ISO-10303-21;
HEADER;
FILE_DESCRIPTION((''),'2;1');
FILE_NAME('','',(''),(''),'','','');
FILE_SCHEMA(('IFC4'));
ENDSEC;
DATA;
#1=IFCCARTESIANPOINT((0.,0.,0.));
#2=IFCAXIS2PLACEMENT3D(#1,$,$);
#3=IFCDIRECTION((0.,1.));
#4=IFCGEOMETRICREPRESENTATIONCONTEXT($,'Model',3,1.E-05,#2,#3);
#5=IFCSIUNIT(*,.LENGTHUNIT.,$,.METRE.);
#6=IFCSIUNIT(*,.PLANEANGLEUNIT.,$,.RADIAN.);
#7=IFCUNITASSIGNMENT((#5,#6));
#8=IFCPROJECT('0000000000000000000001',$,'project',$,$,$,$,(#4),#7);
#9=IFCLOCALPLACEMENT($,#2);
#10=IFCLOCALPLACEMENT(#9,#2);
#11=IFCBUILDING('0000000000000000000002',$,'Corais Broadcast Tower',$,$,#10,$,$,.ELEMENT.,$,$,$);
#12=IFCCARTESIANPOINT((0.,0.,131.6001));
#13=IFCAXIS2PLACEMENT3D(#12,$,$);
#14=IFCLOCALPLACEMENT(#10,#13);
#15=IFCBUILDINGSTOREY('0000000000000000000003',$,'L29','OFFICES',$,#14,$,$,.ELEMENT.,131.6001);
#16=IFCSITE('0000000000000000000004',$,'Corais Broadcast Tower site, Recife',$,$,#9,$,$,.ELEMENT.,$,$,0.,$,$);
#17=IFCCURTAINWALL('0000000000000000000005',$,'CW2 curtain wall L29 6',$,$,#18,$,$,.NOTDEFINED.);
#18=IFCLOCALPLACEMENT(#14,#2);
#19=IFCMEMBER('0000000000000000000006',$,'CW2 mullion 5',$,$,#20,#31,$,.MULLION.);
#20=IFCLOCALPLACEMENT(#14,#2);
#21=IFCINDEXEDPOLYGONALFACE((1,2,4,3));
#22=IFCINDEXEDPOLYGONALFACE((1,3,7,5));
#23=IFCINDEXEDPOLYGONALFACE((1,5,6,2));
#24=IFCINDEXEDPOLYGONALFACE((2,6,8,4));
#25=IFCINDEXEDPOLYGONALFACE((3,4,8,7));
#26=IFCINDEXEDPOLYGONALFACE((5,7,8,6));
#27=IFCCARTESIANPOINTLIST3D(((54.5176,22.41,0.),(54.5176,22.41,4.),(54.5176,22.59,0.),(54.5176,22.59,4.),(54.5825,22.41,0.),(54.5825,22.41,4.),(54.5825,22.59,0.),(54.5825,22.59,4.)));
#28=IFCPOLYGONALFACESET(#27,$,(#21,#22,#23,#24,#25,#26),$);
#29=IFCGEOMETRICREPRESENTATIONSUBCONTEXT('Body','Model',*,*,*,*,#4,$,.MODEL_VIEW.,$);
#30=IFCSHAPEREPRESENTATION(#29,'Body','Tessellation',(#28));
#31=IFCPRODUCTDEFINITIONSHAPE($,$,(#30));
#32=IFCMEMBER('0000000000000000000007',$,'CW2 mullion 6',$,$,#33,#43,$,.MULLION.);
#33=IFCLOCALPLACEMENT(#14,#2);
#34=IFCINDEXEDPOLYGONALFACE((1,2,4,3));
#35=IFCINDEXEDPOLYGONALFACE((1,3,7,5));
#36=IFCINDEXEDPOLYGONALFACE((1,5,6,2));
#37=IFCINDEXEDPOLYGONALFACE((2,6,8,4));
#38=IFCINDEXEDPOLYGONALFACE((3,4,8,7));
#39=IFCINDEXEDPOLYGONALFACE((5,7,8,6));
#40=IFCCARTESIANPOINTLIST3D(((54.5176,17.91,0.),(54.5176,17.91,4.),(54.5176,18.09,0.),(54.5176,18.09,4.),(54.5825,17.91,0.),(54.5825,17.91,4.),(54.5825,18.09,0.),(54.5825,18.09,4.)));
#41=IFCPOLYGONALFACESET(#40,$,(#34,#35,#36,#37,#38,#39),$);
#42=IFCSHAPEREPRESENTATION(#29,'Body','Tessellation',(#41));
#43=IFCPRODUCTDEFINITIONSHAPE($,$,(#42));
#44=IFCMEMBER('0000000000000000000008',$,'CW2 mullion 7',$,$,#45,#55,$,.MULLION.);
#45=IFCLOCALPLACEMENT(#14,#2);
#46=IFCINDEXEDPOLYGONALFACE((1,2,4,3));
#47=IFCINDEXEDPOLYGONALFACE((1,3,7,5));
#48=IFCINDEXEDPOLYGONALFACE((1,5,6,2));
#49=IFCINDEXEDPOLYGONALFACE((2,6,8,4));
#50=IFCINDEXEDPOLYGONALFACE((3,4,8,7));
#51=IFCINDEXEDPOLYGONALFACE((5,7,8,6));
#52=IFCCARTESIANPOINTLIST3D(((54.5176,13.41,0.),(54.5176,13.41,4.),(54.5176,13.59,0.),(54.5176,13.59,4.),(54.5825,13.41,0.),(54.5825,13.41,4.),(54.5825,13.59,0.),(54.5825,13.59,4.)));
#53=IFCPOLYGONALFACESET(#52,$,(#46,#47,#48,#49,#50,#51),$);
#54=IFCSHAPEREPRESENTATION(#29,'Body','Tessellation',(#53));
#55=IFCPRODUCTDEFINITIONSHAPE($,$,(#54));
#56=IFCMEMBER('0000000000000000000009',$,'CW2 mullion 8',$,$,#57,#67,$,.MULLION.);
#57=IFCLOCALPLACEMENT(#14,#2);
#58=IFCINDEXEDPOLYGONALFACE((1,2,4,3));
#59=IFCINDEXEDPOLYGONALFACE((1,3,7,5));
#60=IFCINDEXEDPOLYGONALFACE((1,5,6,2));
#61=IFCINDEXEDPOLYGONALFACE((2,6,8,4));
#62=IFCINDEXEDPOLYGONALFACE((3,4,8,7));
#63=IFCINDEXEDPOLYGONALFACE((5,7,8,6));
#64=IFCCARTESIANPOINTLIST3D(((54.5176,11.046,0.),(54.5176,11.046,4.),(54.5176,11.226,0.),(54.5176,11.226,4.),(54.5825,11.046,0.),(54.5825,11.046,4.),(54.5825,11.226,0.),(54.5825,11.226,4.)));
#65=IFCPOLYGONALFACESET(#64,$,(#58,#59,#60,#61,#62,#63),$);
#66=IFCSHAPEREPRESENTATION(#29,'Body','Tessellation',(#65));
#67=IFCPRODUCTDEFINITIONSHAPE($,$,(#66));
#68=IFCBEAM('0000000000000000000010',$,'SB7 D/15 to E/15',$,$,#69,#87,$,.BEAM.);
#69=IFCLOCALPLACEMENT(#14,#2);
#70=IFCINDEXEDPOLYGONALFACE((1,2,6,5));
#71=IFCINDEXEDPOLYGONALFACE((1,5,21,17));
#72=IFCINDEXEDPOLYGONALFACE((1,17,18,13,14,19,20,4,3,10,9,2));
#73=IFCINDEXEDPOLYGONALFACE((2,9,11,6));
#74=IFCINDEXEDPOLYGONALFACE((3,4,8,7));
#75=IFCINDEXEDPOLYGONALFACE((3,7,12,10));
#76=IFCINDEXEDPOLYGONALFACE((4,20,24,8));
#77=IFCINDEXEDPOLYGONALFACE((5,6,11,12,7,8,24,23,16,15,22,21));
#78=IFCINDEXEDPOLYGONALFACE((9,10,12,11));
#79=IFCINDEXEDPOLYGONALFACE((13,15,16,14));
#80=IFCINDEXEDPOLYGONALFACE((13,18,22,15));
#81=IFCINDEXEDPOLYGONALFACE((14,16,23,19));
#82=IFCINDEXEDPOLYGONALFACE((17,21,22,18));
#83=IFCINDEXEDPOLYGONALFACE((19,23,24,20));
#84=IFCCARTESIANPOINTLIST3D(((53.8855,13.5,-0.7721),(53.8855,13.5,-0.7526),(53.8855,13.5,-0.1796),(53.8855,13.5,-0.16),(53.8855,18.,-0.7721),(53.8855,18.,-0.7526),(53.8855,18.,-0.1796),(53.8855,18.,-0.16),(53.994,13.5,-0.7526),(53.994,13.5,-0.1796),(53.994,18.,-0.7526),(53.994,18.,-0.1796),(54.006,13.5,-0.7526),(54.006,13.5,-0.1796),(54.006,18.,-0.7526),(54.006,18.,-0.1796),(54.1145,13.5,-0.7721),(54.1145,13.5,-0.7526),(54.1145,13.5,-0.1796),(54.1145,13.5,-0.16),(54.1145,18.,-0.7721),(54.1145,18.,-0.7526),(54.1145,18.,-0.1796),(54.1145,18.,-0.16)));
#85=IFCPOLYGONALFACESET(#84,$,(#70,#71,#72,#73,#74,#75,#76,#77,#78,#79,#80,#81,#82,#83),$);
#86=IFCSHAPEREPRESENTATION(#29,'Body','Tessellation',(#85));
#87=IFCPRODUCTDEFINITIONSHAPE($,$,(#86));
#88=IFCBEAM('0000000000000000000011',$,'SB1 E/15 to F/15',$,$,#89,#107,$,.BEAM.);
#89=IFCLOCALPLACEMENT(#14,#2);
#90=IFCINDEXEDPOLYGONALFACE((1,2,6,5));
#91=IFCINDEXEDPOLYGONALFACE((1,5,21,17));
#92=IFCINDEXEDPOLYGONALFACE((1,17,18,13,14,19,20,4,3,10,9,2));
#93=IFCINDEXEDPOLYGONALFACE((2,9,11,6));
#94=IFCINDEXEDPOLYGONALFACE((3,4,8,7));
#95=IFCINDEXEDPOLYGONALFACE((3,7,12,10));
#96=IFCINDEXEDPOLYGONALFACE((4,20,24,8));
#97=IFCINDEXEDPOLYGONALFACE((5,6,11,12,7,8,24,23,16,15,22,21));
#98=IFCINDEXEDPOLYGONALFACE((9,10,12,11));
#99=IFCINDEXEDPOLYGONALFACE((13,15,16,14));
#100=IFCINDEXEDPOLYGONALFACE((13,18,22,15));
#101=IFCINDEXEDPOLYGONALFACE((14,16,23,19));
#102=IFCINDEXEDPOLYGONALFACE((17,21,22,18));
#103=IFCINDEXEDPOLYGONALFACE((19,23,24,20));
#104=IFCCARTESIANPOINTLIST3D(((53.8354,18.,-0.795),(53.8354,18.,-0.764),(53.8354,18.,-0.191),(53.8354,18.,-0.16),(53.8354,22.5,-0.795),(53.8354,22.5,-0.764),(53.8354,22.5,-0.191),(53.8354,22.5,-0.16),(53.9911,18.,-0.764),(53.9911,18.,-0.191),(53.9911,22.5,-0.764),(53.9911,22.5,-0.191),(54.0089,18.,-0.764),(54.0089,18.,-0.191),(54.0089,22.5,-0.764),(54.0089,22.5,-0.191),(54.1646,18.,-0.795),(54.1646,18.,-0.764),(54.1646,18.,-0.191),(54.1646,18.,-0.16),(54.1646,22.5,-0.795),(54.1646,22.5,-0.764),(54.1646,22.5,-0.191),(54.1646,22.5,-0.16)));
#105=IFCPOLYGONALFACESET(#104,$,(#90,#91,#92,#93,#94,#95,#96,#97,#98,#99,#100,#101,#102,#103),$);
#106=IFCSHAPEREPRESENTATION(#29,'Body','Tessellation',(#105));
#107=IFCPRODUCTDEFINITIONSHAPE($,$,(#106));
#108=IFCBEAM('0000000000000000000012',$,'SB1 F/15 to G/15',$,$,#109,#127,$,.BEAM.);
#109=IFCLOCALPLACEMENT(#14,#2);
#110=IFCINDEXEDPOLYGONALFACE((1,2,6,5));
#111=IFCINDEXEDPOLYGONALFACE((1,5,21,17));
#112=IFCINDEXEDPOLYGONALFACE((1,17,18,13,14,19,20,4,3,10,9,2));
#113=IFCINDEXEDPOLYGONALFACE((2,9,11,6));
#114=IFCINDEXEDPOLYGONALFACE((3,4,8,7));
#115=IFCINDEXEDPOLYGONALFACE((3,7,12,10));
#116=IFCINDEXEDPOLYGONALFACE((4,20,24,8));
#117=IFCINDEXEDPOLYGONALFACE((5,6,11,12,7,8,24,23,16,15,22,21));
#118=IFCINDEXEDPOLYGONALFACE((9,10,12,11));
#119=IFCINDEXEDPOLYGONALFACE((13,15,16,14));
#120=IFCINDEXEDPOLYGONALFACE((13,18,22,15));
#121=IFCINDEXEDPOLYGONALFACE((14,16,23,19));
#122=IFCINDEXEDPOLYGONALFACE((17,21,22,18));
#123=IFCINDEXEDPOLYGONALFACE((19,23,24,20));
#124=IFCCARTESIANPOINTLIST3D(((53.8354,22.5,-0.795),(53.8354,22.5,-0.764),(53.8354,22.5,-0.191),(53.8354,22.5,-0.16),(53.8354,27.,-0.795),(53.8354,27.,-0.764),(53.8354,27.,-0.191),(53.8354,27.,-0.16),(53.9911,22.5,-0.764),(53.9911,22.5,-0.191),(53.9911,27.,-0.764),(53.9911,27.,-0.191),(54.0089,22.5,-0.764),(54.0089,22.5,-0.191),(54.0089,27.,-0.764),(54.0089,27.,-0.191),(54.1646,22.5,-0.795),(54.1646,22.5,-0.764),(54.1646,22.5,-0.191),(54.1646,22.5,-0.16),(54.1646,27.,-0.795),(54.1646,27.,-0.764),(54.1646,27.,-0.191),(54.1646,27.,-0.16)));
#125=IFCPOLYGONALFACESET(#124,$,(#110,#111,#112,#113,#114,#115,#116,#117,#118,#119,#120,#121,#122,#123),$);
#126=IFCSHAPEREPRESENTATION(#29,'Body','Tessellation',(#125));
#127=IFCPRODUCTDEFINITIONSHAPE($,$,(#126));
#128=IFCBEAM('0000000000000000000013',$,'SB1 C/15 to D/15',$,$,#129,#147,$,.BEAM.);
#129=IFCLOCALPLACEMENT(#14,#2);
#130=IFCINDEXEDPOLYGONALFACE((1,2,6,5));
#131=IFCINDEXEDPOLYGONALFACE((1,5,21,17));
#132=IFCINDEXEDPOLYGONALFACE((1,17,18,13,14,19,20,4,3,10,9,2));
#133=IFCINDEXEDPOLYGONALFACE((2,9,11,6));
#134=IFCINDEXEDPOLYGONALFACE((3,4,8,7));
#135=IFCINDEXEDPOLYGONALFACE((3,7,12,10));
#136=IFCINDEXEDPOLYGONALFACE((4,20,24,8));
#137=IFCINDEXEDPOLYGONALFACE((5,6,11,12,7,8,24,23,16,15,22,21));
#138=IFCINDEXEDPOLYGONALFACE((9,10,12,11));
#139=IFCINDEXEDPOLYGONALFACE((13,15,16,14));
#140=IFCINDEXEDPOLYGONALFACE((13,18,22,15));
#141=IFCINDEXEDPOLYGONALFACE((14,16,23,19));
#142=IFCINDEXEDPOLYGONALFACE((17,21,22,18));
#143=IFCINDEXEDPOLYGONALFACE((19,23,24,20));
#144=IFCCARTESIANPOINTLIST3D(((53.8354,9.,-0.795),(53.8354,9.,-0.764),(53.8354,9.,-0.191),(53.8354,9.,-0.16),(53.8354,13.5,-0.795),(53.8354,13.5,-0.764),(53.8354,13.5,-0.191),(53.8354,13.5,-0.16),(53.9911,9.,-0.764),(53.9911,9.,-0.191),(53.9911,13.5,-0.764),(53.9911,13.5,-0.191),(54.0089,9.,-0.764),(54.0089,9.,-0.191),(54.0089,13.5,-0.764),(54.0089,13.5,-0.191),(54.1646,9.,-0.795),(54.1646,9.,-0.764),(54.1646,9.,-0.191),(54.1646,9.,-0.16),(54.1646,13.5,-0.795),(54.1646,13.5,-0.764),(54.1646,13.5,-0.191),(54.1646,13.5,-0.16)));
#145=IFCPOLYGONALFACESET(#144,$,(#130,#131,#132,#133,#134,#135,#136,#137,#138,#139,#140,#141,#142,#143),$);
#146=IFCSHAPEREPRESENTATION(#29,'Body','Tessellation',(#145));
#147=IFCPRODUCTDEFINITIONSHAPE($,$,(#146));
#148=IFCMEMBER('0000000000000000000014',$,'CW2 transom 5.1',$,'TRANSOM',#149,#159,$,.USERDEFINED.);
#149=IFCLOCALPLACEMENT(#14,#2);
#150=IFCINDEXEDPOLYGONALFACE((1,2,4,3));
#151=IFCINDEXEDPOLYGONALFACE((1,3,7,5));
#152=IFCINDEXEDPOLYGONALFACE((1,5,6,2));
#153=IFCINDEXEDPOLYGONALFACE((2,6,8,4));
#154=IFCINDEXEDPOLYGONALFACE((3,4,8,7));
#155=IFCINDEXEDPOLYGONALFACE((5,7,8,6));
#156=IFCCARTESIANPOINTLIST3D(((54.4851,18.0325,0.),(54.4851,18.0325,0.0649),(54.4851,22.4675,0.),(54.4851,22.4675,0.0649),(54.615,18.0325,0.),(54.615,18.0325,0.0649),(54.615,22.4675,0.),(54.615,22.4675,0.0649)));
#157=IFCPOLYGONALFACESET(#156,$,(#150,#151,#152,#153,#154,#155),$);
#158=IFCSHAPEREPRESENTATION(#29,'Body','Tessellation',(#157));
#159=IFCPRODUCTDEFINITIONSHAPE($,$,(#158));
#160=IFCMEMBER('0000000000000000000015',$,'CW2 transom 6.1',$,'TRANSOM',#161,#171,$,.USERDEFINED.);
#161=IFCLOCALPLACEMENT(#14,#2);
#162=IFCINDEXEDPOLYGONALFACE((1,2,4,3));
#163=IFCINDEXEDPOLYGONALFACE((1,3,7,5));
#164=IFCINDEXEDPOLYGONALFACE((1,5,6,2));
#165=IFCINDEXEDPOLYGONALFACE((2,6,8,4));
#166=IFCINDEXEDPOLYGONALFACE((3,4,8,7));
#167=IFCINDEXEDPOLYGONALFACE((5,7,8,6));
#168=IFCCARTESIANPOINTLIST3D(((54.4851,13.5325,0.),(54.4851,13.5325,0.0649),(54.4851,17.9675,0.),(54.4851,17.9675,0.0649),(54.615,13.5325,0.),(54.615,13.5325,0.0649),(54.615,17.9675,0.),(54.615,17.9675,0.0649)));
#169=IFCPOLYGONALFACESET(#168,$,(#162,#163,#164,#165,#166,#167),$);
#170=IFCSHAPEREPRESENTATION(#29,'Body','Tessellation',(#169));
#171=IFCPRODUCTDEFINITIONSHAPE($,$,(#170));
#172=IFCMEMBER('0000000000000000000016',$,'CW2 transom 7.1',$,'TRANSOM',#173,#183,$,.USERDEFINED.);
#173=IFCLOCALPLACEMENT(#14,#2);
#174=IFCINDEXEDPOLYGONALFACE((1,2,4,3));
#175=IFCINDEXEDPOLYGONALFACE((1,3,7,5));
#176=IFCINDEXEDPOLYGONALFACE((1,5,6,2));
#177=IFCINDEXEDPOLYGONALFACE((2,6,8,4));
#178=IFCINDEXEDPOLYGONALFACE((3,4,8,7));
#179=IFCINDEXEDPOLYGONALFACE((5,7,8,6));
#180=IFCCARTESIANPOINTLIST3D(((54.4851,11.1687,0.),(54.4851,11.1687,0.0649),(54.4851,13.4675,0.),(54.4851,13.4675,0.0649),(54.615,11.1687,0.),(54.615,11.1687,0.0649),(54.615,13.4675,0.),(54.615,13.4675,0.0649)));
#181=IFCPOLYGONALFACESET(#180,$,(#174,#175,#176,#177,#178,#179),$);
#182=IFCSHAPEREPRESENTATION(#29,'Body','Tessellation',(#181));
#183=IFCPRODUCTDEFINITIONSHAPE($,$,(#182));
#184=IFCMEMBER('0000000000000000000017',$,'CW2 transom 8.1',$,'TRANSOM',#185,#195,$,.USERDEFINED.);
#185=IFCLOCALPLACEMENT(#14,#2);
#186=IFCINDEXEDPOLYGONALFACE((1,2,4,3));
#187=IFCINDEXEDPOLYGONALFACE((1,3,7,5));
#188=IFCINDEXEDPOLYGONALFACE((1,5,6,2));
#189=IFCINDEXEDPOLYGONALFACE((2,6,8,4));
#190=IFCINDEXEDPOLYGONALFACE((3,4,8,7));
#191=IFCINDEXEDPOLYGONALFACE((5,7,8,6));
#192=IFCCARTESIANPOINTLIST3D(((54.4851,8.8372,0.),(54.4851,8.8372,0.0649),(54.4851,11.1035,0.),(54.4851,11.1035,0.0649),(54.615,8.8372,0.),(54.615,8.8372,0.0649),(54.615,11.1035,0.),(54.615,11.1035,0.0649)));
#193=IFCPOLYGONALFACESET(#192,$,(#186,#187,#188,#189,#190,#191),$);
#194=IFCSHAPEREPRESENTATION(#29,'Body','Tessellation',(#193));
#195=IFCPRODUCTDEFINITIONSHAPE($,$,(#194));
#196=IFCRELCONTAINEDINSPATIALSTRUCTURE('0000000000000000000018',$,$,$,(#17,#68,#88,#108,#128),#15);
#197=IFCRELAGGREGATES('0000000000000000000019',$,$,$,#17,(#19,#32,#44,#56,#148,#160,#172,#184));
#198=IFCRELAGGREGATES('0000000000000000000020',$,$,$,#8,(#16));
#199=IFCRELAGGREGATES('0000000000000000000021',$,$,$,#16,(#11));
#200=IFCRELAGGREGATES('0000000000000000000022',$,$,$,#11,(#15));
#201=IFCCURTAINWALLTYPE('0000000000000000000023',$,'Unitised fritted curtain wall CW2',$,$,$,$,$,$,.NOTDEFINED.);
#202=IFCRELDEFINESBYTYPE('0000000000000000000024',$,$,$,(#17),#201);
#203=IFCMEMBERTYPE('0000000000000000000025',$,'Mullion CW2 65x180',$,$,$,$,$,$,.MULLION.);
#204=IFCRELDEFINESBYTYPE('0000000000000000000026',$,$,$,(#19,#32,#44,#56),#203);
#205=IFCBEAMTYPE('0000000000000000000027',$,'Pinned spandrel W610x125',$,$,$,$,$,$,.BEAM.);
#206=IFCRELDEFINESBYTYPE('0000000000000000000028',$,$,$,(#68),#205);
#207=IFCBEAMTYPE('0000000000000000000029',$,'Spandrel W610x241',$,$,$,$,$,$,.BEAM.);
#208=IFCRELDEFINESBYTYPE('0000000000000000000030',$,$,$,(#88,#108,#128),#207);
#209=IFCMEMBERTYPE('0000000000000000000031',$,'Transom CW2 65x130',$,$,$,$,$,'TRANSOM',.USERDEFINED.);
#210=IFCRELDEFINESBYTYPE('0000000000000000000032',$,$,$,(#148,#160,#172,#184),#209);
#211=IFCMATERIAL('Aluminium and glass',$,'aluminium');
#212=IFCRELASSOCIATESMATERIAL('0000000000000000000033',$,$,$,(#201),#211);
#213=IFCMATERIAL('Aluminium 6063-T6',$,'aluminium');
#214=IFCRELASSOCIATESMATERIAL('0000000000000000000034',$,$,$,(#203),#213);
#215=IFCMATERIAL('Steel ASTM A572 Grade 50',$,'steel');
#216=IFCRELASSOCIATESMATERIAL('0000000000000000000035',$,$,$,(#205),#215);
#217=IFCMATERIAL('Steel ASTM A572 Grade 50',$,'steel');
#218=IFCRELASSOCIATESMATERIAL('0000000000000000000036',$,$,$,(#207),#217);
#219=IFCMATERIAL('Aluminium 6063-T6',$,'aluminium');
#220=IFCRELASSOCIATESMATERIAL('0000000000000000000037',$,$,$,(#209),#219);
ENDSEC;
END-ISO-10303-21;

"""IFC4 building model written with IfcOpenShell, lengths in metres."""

from ifc_helpers import new_model, si_unit, direction, frame, origin, origin_2d, place, context, subcontext, project, spatial, rectangle, i_section, extrude, material, material_profile, profile_set, type_object, element, aggregate, save


model = new_model("IFC4")

# Units and contexts
model_context = context("Model", 3, precision=1e-05, world=origin(), true_north=direction((0.0, 1.0)))
body_context = subcontext(model_context, "Body", "Model", "MODEL_VIEW")
ifc_project = project(units=[si_unit("LENGTHUNIT", "METRE"), si_unit("PLANEANGLEUNIT", "RADIAN")], contexts=[model_context])

# Site, building, storey
site_placement = place(None, origin())
site = spatial("IfcSite", under=ifc_project, at=site_placement, Name="Corais Broadcast Tower site, Recife", CompositionType="ELEMENT", RefElevation=0.0)
building_placement = place(site_placement, origin())
building = spatial("IfcBuilding", under=site, at=building_placement, Name="Corais Broadcast Tower", CompositionType="ELEMENT")
storey_placement = place(building_placement, frame((0.0, 0.0, 131.6001)))
storey = spatial("IfcBuildingStorey", under=building, at=storey_placement, Name="L29", Description="OFFICES", CompositionType="ELEMENT", Elevation=131.6001)

# Curtain wall, members
ifc_material_1 = material(Name="Aluminium and glass", Category="aluminium")
curtain_wall_type = type_object("IfcCurtainWallType", Name="Unitised fritted curtain wall CW2", PredefinedType="NOTDEFINED", material=ifc_material_1)
curtain_wall_placement = place(storey_placement, origin())
curtain_wall = element("IfcCurtainWall", 1, at=curtain_wall_placement, inside=storey, type_object=curtain_wall_type, Name="CW2 curtain wall L29 6", PredefinedType="NOTDEFINED")
ifc_material_2 = material(Name="Aluminium 6063-T6", Category="aluminium")
ifc_material_profile_1 = material_profile(ifc_material_2, rectangle(XDim=0.0649, YDim=0.1799, at=origin_2d()), Name="Mullion CW2 65x180")
ifc_profile_set_1 = profile_set([ifc_material_profile_1], Name="Aluminium 6063-T6")
member_type_1 = type_object("IfcMemberType", Name="Mullion CW2 65x180", PredefinedType="MULLION", material=ifc_profile_set_1)
member_1_placement = place(storey_placement, frame((54.55, 22.5, 0.0), z_axis=(0.0, 0.0, 1.0), x_axis=(1.0, 0.0, 0.0)))
member_1 = element("IfcMember", 2, at=member_1_placement, type_object=member_type_1, Name="CW2 mullion 5", PredefinedType="MULLION", context=body_context, shape_type="SweptSolid", body=[
    extrude(rectangle(XDim=0.0649, YDim=0.1799, at=origin_2d()), origin(), (0.0, 0.0, 1.0), 4.0),
])
member_2_placement = place(storey_placement, frame((54.55, 18.0, 0.0), z_axis=(0.0, 0.0, 1.0), x_axis=(1.0, 0.0, 0.0)))
member_2 = element("IfcMember", 3, at=member_2_placement, type_object=member_type_1, Name="CW2 mullion 6", PredefinedType="MULLION", context=body_context, shape_type="SweptSolid", body=[
    extrude(rectangle(XDim=0.0649, YDim=0.1799, at=origin_2d()), origin(), (0.0, 0.0, 1.0), 4.0),
])
member_3_placement = place(storey_placement, frame((54.55, 13.5, 0.0), z_axis=(0.0, 0.0, 1.0), x_axis=(1.0, 0.0, 0.0)))
member_3 = element("IfcMember", 4, at=member_3_placement, type_object=member_type_1, Name="CW2 mullion 7", PredefinedType="MULLION", context=body_context, shape_type="SweptSolid", body=[
    extrude(rectangle(XDim=0.0649, YDim=0.1799, at=origin_2d()), origin(), (0.0, 0.0, 1.0), 4.0),
])
member_4_placement = place(storey_placement, frame((54.55, 11.136, 0.0), z_axis=(0.0, 0.0, 1.0), x_axis=(1.0, 0.0, 0.0)))
member_4 = element("IfcMember", 5, at=member_4_placement, type_object=member_type_1, Name="CW2 mullion 8", PredefinedType="MULLION", context=body_context, shape_type="SweptSolid", body=[
    extrude(rectangle(XDim=0.0649, YDim=0.1799, at=origin_2d()), origin(), (0.0, 0.0, 1.0), 4.0),
])

# Beams
ifc_material_3 = material(Name="Steel ASTM A572 Grade 50", Category="steel")
ifc_material_profile_2 = material_profile(ifc_material_3, i_section(OverallWidth=0.229, OverallDepth=0.6121, WebThickness=0.012, FlangeThickness=0.0195, at=origin_2d()), Name="W610x125")
ifc_profile_set_2 = profile_set([ifc_material_profile_2], Name="Steel ASTM A572 Grade 50")
beam_type_1 = type_object("IfcBeamType", Name="Pinned spandrel W610x125", PredefinedType="BEAM", material=ifc_profile_set_2)
beam_1_placement = place(storey_placement, frame((54.0, 13.5, -0.4661), z_axis=(0.0, 1.0, 0.0), x_axis=(-1.0, 0.0, 0.0)))
element("IfcBeam", 6, at=beam_1_placement, inside=storey, type_object=beam_type_1, Name="SB7 D/15 to E/15", PredefinedType="BEAM", context=body_context, shape_type="SweptSolid", body=[
    extrude(i_section(OverallWidth=0.229, OverallDepth=0.6121, WebThickness=0.012, FlangeThickness=0.0195, at=origin_2d()), origin(), (0.0, 0.0, 1.0), 4.5),
])
ifc_material_4 = material(Name="Steel ASTM A572 Grade 50", Category="steel")
ifc_material_profile_3 = material_profile(ifc_material_4, i_section(OverallWidth=0.3291, OverallDepth=0.635, WebThickness=0.0178, FlangeThickness=0.031, at=origin_2d()), Name="W610x241")
ifc_profile_set_3 = profile_set([ifc_material_profile_3], Name="Steel ASTM A572 Grade 50")
beam_type_2 = type_object("IfcBeamType", Name="Spandrel W610x241", PredefinedType="BEAM", material=ifc_profile_set_3)
for number, where, z_axis, x_axis, name in (
    (7, (54.0, 18.0, -0.4775), (0.0, 1.0, 0.0), (-1.0, 0.0, 0.0), "SB1 E/15 to F/15"),
    (8, (54.0, 22.5, -0.4775), (0.0, 1.0, 0.0), (-1.0, 0.0, 0.0), "SB1 F/15 to G/15"),
    (9, (54.0, 9.0, -0.4775), (0.0, 1.0, 0.0), (-1.0, 0.0, 0.0), "SB1 C/15 to D/15"),
):
    element("IfcBeam", number, at=place(storey_placement, frame(where, z_axis=z_axis, x_axis=x_axis)), inside=storey, type_object=beam_type_2, Name=name, PredefinedType="BEAM", context=body_context, shape_type="SweptSolid", body=[
        extrude(i_section(OverallWidth=0.3291, OverallDepth=0.635, WebThickness=0.0178, FlangeThickness=0.031, at=origin_2d()), origin(), (0.0, 0.0, 1.0), 4.5),
    ])

# Members
ifc_material_5 = material(Name="Aluminium 6063-T6", Category="aluminium")
ifc_material_profile_4 = material_profile(ifc_material_5, rectangle(XDim=0.1299, YDim=0.0649, at=origin_2d()), Name="Transom CW2 65x130")
ifc_profile_set_4 = profile_set([ifc_material_profile_4], Name="Aluminium 6063-T6")
member_type_2 = type_object("IfcMemberType", Name="Transom CW2 65x130", ElementType="TRANSOM", PredefinedType="USERDEFINED", material=ifc_profile_set_4)
member_5_placement = place(storey_placement, frame((54.55, 22.4675, 0.0325), z_axis=(0.0, -1.0, 0.0), x_axis=(1.0, 0.0, 0.0)))
member_5 = element("IfcMember", 10, at=member_5_placement, type_object=member_type_2, Name="CW2 transom 5.1", ObjectType="TRANSOM", PredefinedType="USERDEFINED", context=body_context, shape_type="SweptSolid", body=[
    extrude(rectangle(XDim=0.1299, YDim=0.0649, at=origin_2d()), origin(), (0.0, 0.0, 1.0), 4.4351),
])
member_6_placement = place(storey_placement, frame((54.55, 17.9675, 0.0325), z_axis=(0.0, -1.0, 0.0), x_axis=(1.0, 0.0, 0.0)))
member_6 = element("IfcMember", 11, at=member_6_placement, type_object=member_type_2, Name="CW2 transom 6.1", ObjectType="TRANSOM", PredefinedType="USERDEFINED", context=body_context, shape_type="SweptSolid", body=[
    extrude(rectangle(XDim=0.1299, YDim=0.0649, at=origin_2d()), origin(), (0.0, 0.0, 1.0), 4.4351),
])
member_7_placement = place(storey_placement, frame((54.55, 13.4675, 0.0325), z_axis=(0.0, -1.0, 0.0), x_axis=(1.0, 0.0, 0.0)))
member_7 = element("IfcMember", 12, at=member_7_placement, type_object=member_type_2, Name="CW2 transom 7.1", ObjectType="TRANSOM", PredefinedType="USERDEFINED", context=body_context, shape_type="SweptSolid", body=[
    extrude(rectangle(XDim=0.1299, YDim=0.0649, at=origin_2d()), origin(), (0.0, 0.0, 1.0), 2.2988),
])
member_8_placement = place(storey_placement, frame((54.55, 11.1035, 0.0325), z_axis=(0.0, -1.0, 0.0), x_axis=(1.0, 0.0, 0.0)))
member_8 = element("IfcMember", 13, at=member_8_placement, type_object=member_type_2, Name="CW2 transom 8.1", ObjectType="TRANSOM", PredefinedType="USERDEFINED", context=body_context, shape_type="SweptSolid", body=[
    extrude(rectangle(XDim=0.1299, YDim=0.0649, at=origin_2d()), origin(), (0.0, 0.0, 1.0), 2.2664),
])

aggregate(curtain_wall, [member_1, member_2, member_3, member_4, member_5, member_6, member_7, member_8])

save(model, "model.ifc")
